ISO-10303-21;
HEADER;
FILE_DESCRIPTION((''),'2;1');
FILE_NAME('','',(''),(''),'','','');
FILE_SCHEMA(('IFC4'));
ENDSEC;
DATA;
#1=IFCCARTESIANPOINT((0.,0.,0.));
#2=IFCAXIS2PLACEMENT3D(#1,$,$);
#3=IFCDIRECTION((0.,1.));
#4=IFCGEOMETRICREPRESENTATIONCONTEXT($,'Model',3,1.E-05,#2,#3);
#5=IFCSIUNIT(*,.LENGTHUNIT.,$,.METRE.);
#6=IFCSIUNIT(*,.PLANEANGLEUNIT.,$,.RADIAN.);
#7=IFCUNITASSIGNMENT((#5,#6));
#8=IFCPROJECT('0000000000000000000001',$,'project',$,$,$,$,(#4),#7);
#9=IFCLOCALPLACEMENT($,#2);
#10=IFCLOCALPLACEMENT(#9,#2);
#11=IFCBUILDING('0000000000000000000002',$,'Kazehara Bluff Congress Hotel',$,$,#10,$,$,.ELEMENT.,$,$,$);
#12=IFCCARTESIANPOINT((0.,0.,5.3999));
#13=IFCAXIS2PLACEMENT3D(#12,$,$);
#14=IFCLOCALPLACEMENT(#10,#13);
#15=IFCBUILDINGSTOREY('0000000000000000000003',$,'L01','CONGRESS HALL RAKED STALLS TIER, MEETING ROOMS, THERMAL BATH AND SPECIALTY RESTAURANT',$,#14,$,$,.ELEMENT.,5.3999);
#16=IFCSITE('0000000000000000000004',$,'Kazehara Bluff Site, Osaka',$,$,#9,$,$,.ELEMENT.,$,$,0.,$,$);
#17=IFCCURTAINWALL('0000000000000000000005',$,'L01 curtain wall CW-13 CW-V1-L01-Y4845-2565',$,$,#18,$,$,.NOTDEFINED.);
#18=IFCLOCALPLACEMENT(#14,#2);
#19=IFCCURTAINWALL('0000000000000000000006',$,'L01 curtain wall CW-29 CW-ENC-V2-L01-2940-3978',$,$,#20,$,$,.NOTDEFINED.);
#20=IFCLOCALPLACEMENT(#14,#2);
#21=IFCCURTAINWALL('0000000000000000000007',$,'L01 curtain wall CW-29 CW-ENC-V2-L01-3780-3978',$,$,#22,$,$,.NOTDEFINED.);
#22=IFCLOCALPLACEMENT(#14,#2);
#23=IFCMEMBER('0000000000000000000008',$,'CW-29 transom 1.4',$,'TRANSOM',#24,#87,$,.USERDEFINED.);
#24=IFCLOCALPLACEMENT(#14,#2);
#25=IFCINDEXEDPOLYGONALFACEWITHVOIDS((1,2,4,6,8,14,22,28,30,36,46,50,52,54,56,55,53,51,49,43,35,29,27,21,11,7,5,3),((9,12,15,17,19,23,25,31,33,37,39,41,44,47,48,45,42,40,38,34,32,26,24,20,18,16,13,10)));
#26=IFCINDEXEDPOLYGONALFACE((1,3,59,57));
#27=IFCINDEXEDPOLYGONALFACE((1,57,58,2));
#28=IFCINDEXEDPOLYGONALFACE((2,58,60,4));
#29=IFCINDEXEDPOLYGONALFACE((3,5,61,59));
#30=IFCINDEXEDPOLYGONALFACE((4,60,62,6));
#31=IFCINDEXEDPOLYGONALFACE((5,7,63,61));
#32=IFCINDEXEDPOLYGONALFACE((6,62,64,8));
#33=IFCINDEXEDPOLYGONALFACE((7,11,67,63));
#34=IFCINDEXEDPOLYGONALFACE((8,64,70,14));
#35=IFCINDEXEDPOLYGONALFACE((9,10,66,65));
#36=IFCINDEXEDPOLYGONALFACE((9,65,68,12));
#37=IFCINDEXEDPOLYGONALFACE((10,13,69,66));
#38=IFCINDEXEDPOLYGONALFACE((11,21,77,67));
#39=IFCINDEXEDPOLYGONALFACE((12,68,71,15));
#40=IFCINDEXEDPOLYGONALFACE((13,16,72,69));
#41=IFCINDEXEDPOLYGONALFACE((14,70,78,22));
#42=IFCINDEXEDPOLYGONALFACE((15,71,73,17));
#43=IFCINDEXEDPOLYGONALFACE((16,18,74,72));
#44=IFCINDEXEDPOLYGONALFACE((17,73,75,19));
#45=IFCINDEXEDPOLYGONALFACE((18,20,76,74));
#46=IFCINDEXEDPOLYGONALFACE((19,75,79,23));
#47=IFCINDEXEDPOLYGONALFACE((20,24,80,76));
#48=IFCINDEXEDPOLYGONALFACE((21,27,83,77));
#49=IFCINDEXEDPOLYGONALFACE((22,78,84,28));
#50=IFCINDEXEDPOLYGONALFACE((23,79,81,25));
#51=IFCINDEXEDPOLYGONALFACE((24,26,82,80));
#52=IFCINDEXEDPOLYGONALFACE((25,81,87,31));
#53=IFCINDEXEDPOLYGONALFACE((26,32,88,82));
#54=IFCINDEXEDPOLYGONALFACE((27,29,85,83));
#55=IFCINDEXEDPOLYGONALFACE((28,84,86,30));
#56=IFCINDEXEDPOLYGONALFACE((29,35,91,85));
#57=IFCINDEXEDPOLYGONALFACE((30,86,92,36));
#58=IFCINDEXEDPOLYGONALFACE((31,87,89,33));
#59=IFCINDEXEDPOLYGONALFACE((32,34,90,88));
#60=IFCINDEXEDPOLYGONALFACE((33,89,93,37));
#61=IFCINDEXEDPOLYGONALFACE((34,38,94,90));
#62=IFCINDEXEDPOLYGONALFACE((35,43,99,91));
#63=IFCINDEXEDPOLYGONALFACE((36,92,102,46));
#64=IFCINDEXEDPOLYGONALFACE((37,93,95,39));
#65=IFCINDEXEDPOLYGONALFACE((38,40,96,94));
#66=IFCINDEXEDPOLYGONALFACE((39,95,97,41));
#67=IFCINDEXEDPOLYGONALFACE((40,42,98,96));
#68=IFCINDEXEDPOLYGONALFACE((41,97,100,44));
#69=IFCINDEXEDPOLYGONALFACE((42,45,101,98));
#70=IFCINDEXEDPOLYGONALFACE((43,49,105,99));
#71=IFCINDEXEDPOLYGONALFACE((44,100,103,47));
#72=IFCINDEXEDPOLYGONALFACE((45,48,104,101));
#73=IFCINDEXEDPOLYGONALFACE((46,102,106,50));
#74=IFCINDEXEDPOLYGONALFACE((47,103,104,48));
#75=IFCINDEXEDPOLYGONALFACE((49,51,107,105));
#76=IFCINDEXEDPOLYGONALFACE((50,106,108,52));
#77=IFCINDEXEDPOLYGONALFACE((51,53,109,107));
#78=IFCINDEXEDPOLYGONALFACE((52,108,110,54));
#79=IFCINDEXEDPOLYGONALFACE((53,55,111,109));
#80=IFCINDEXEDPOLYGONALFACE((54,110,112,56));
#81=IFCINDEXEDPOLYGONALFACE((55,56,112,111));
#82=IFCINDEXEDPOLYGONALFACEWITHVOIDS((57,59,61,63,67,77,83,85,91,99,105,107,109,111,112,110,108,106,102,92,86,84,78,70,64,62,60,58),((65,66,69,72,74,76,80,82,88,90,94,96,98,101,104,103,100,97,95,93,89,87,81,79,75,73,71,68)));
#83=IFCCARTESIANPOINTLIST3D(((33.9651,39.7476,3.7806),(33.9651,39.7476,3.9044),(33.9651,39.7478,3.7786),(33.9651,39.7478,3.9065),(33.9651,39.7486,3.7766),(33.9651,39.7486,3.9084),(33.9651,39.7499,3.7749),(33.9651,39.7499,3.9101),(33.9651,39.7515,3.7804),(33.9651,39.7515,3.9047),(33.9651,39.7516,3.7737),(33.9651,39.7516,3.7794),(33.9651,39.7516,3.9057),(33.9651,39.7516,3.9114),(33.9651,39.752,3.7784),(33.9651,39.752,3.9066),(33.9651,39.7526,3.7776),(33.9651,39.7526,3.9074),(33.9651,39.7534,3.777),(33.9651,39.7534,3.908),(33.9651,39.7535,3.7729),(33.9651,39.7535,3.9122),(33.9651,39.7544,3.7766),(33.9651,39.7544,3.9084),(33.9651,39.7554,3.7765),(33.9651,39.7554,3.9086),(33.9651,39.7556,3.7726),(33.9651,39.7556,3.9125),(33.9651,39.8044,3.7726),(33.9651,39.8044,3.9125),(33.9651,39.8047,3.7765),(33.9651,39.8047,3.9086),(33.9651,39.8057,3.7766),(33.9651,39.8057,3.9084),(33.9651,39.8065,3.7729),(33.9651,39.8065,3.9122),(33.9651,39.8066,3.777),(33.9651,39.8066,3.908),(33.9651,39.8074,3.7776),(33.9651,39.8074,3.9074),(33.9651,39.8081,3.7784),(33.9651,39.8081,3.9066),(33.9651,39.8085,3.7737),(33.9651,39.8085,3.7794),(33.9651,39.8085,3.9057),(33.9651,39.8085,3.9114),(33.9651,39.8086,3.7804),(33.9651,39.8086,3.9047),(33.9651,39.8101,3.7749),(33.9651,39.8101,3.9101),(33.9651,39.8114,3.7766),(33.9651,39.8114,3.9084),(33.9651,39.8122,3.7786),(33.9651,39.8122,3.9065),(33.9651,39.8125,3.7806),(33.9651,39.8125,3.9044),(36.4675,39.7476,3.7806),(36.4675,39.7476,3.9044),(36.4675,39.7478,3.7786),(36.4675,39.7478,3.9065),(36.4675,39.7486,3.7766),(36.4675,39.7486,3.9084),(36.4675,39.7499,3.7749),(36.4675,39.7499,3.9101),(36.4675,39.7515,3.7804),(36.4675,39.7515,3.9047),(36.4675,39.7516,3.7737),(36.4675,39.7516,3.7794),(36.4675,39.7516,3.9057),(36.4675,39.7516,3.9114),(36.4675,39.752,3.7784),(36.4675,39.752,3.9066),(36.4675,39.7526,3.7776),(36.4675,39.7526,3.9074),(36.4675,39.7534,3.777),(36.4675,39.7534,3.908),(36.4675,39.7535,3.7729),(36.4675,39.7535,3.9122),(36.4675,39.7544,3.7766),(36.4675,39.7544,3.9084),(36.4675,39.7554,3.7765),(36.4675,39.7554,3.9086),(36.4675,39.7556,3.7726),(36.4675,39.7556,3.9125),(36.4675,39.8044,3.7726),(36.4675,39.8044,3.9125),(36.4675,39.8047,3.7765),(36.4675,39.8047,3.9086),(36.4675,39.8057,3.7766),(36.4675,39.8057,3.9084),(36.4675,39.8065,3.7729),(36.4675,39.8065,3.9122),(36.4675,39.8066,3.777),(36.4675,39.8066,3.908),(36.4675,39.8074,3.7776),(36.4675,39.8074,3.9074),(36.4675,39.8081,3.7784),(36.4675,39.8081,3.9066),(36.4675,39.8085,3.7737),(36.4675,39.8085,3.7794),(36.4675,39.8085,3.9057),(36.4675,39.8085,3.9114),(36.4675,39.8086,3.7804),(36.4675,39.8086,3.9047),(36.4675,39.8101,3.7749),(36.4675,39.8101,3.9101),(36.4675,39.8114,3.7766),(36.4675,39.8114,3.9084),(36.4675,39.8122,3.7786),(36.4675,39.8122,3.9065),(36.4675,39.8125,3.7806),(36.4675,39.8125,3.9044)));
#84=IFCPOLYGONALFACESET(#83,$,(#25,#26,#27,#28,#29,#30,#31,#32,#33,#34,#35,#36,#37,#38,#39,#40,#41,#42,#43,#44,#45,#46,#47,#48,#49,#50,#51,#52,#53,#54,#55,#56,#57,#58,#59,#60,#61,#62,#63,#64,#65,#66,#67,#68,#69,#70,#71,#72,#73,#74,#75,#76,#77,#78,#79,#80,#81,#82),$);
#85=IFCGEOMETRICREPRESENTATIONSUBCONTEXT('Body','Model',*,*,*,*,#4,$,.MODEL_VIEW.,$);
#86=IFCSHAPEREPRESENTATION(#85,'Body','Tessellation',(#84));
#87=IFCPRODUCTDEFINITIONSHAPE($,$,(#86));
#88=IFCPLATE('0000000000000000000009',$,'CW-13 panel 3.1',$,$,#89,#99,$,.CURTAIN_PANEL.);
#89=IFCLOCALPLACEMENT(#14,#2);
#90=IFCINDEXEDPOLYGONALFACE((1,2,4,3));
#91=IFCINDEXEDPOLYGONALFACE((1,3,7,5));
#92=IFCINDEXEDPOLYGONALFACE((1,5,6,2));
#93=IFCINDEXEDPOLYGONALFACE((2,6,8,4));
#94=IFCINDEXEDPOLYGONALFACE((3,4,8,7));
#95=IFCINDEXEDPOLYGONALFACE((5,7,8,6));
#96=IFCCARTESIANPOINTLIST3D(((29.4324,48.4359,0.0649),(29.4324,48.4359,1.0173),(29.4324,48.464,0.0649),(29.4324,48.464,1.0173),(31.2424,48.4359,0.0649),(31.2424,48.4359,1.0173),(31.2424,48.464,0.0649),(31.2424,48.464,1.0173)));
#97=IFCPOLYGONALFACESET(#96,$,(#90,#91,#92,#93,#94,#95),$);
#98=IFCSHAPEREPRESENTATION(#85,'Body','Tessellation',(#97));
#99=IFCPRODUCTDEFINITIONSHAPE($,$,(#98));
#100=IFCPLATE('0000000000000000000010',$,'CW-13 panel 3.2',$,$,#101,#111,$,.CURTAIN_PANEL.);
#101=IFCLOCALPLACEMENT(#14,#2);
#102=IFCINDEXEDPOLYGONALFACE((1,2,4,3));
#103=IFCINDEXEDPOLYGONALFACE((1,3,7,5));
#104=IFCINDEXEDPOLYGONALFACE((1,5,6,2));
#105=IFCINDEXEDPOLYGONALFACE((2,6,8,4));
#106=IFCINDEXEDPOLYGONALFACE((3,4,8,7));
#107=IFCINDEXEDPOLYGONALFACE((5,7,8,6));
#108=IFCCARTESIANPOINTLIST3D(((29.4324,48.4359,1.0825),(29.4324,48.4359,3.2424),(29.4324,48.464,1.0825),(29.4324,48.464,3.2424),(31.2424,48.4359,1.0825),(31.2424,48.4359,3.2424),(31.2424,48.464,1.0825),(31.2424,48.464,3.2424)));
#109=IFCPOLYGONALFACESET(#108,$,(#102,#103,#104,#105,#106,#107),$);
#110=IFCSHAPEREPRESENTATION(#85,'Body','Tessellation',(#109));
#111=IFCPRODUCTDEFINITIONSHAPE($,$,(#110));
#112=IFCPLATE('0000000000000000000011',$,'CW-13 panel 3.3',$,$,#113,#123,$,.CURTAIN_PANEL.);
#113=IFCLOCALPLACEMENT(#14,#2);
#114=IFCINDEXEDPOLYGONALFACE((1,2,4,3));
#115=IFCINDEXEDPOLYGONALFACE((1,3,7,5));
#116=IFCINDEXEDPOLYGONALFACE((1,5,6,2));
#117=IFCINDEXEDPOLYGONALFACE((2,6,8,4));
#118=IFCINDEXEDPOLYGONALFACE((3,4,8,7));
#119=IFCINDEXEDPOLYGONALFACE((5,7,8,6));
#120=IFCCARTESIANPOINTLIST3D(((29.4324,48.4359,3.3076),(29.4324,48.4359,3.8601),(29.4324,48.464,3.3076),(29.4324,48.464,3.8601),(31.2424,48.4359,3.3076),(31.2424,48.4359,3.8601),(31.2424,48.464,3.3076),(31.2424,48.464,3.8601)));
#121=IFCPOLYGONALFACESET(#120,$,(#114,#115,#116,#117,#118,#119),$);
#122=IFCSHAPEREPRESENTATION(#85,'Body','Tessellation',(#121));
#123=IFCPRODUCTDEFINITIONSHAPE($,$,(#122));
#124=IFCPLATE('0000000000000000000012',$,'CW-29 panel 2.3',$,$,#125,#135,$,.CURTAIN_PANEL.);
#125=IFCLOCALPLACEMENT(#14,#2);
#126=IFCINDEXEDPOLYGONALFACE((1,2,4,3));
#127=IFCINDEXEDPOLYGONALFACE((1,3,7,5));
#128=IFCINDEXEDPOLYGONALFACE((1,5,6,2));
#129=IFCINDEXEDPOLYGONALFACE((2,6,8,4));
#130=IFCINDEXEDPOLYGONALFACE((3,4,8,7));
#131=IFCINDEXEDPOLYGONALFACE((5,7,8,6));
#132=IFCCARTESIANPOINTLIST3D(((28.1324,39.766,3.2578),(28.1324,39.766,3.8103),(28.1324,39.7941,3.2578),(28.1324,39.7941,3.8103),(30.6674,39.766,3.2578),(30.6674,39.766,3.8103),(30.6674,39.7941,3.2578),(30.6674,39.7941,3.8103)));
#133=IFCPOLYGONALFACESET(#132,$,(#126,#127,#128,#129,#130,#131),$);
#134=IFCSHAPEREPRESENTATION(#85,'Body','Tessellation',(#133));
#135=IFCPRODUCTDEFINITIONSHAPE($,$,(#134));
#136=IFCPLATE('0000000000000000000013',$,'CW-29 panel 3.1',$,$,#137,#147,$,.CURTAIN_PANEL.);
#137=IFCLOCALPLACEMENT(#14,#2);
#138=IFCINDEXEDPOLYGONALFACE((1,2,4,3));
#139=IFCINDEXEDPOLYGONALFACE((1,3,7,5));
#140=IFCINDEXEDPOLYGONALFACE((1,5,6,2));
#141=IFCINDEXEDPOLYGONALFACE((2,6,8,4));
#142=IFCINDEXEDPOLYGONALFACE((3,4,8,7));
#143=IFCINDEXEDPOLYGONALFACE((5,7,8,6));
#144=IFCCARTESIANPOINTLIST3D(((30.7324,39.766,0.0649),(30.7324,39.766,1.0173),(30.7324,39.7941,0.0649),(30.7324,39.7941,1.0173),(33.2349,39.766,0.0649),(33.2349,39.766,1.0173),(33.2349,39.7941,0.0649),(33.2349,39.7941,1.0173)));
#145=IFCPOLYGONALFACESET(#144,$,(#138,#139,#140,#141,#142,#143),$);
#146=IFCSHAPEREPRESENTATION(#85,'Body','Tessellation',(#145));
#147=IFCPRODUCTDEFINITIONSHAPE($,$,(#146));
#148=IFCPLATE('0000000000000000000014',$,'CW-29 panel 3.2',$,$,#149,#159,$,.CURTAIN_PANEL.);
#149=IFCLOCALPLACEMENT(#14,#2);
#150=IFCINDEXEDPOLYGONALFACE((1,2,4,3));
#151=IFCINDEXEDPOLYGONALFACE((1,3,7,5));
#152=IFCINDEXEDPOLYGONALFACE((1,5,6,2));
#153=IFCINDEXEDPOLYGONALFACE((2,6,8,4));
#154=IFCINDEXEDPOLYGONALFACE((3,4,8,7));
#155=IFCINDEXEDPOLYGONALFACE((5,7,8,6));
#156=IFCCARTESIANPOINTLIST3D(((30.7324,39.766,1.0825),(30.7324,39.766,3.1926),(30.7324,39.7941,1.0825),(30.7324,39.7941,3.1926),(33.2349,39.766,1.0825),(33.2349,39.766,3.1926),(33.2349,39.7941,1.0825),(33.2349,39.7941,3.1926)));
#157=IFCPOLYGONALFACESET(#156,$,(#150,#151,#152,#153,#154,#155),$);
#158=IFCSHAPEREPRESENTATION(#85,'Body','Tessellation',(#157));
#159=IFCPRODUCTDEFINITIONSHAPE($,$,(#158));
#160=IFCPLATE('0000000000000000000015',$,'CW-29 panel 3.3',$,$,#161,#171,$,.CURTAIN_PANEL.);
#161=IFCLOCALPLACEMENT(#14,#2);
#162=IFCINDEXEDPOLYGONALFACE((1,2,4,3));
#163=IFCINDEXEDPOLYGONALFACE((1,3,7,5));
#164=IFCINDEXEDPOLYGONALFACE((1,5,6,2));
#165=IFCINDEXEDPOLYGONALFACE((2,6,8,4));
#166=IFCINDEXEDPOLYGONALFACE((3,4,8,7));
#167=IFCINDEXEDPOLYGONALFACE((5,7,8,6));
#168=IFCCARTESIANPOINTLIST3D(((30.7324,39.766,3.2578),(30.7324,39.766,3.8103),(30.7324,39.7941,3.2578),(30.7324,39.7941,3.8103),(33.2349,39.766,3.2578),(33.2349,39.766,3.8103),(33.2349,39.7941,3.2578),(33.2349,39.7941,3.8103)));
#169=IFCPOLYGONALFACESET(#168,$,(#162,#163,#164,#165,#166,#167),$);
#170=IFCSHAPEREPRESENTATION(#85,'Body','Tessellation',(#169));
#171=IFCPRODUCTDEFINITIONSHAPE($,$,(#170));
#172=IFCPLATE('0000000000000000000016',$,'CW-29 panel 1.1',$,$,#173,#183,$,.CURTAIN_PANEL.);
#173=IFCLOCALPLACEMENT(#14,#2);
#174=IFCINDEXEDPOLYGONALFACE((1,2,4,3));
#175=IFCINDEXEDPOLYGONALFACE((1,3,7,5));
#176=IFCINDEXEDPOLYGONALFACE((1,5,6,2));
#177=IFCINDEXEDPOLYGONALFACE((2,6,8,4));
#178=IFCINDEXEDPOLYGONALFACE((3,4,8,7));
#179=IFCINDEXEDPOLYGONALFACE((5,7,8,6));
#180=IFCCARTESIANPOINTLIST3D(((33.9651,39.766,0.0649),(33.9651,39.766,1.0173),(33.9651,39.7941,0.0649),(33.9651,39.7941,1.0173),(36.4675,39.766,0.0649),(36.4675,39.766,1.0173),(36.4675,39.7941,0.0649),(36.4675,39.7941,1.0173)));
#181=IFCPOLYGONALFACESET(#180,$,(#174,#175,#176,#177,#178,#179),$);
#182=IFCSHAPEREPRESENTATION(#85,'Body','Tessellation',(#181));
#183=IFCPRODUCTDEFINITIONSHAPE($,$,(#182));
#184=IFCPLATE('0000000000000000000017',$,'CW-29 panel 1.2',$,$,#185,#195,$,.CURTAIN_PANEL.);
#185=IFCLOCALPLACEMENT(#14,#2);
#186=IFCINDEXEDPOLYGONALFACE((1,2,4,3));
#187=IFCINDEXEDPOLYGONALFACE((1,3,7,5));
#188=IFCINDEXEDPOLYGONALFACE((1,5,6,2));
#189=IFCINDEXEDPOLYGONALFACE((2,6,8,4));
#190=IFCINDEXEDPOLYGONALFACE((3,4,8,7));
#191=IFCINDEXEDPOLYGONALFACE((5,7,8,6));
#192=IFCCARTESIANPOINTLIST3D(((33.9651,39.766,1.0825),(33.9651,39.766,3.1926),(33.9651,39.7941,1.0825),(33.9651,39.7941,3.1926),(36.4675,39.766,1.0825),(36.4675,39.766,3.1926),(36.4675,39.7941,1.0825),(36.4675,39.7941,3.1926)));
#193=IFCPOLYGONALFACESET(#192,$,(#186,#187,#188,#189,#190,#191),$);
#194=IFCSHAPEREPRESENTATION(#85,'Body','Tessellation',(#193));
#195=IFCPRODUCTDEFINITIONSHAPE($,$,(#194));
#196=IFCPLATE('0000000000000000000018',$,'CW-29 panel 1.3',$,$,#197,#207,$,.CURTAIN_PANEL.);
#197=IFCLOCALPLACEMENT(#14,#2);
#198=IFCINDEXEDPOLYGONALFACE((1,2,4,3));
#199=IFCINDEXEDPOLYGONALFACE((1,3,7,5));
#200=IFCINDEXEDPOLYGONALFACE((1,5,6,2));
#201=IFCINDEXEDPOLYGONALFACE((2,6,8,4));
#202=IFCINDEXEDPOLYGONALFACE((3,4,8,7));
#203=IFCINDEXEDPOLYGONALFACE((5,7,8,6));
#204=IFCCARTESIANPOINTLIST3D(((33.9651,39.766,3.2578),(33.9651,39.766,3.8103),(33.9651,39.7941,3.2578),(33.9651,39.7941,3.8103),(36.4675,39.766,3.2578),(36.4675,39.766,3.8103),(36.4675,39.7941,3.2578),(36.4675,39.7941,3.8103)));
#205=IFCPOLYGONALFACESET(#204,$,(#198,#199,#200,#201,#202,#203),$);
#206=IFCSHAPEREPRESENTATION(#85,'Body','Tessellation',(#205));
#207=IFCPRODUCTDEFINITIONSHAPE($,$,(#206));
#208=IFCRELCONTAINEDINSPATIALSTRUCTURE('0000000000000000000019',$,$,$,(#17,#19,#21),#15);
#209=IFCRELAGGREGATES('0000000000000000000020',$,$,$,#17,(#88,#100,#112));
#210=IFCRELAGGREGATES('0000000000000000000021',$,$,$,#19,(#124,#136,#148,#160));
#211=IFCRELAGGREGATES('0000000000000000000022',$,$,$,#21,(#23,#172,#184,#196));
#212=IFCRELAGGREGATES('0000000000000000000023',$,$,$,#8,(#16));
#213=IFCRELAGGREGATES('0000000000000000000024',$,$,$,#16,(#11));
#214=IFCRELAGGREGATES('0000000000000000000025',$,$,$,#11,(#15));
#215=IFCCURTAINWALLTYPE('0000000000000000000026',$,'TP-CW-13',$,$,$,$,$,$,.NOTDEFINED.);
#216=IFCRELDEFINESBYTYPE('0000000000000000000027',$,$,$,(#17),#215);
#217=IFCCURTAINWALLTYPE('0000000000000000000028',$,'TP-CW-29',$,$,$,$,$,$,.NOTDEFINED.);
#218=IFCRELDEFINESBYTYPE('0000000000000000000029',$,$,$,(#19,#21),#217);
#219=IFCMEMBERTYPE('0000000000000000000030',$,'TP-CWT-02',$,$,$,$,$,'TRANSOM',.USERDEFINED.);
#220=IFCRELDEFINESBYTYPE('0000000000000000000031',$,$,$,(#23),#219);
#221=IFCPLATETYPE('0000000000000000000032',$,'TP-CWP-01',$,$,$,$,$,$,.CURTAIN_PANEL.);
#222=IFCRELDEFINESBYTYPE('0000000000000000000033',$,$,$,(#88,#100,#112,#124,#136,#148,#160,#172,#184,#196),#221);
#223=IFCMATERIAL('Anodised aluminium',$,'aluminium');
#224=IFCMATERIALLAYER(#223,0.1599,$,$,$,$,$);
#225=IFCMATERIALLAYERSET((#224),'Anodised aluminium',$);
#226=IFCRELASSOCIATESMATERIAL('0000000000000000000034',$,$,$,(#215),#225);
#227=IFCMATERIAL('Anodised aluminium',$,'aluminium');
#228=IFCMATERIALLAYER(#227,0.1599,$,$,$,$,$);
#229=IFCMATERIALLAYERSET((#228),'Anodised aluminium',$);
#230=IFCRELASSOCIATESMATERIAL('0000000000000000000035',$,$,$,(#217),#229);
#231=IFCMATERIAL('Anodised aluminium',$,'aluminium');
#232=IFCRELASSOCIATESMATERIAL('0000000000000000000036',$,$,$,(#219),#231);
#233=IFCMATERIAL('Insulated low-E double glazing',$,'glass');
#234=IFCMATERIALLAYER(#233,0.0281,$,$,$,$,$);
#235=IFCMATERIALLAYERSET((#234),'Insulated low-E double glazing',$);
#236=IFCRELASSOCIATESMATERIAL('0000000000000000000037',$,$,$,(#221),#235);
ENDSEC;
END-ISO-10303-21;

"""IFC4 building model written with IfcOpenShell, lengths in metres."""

from ifc_helpers import new_model, si_unit, direction, frame, origin, origin_2d, place, context, subcontext, project, spatial, rectangle, hollow_rectangle, extrude, material, layer, layer_set, material_profile, profile_set, type_object, element, aggregate, save


model = new_model("IFC4")

# Units and contexts
model_context = context("Model", 3, precision=1e-05, world=origin(), true_north=direction((0.0, 1.0)))
body_context = subcontext(model_context, "Body", "Model", "MODEL_VIEW")
ifc_project = project(units=[si_unit("LENGTHUNIT", "METRE"), si_unit("PLANEANGLEUNIT", "RADIAN")], contexts=[model_context])

# Site, building, storey
site_placement = place(None, origin())
site = spatial("IfcSite", under=ifc_project, at=site_placement, Name="Kazehara Bluff Site, Osaka", CompositionType="ELEMENT", RefElevation=0.0)
building_placement = place(site_placement, origin())
building = spatial("IfcBuilding", under=site, at=building_placement, Name="Kazehara Bluff Congress Hotel", CompositionType="ELEMENT")
storey_placement = place(building_placement, frame((0.0, 0.0, 5.3999)))
storey = spatial("IfcBuildingStorey", under=building, at=storey_placement, Name="L01", Description="CONGRESS HALL RAKED STALLS TIER, MEETING ROOMS, THERMAL BATH AND SPECIALTY RESTAURANT", CompositionType="ELEMENT", Elevation=5.3999)

# Curtain walls
ifc_material_1 = material(Name="Anodised aluminium", Category="aluminium")
ifc_layer_1 = layer(ifc_material_1, 0.1599)
ifc_layer_set_1 = layer_set([ifc_layer_1], Name="Anodised aluminium")
curtain_wall_type_1 = type_object("IfcCurtainWallType", Name="TP-CW-13", PredefinedType="NOTDEFINED", material=ifc_layer_set_1)
curtain_wall_1_placement = place(storey_placement, origin())
curtain_wall_1 = element("IfcCurtainWall", 1, at=curtain_wall_1_placement, inside=storey, type_object=curtain_wall_type_1, Name="L01 curtain wall CW-13 CW-V1-L01-Y4845-2565", PredefinedType="NOTDEFINED")
ifc_material_2 = material(Name="Anodised aluminium", Category="aluminium")
ifc_layer_2 = layer(ifc_material_2, 0.1599)
ifc_layer_set_2 = layer_set([ifc_layer_2], Name="Anodised aluminium")
curtain_wall_type_2 = type_object("IfcCurtainWallType", Name="TP-CW-29", PredefinedType="NOTDEFINED", material=ifc_layer_set_2)
curtain_wall_2_placement = place(storey_placement, origin())
curtain_wall_2 = element("IfcCurtainWall", 2, at=curtain_wall_2_placement, inside=storey, type_object=curtain_wall_type_2, Name="L01 curtain wall CW-29 CW-ENC-V2-L01-2940-3978", PredefinedType="NOTDEFINED")
curtain_wall_3_placement = place(storey_placement, origin())
curtain_wall_3 = element("IfcCurtainWall", 3, at=curtain_wall_3_placement, inside=storey, type_object=curtain_wall_type_2, Name="L01 curtain wall CW-29 CW-ENC-V2-L01-3780-3978", PredefinedType="NOTDEFINED")

# Member
ifc_material_3 = material(Name="Anodised aluminium", Category="aluminium")
ifc_material_profile_1 = material_profile(ifc_material_3, hollow_rectangle(XDim=0.0649, YDim=0.1399, WallThickness=0.0039, InnerFilletRadius=0.0039, OuterFilletRadius=0.0081, at=origin_2d()))
ifc_profile_set_1 = profile_set([ifc_material_profile_1], Name="Anodised aluminium")
member_type_1 = type_object("IfcMemberType", Name="TP-CWT-02", ElementType="TRANSOM", PredefinedType="USERDEFINED", material=ifc_profile_set_1)
member_1_placement = place(storey_placement, frame((33.9651, 39.78, 3.8425), z_axis=(1.0, 0.0, 0.0), x_axis=(0.0, 1.0, 0.0)))
member_1 = element("IfcMember", 4, at=member_1_placement, type_object=member_type_1, Name="CW-29 transom 1.4", ObjectType="TRANSOM", PredefinedType="USERDEFINED", context=body_context, shape_type="SweptSolid", body=[
    extrude(hollow_rectangle(XDim=0.0649, YDim=0.1399, WallThickness=0.0039, InnerFilletRadius=0.0039, OuterFilletRadius=0.0081, at=origin_2d()), origin(), (0.0, 0.0, 1.0), 2.5024),
])

# Plates
ifc_material_4 = material(Name="Insulated low-E double glazing", Category="glass")
ifc_layer_3 = layer(ifc_material_4, 0.0281)
ifc_layer_set_3 = layer_set([ifc_layer_3], Name="Insulated low-E double glazing")
plate_type = type_object("IfcPlateType", Name="TP-CWP-01", PredefinedType="CURTAIN_PANEL", material=ifc_layer_set_3)
plate_1_placement = place(storey_placement, frame((30.3374, 48.45, 0.0649), z_axis=(0.0, 0.0, 1.0), x_axis=(1.0, 0.0, 0.0)))
plate_1 = element("IfcPlate", 5, at=plate_1_placement, type_object=plate_type, Name="CW-13 panel 3.1", PredefinedType="CURTAIN_PANEL", context=body_context, shape_type="SweptSolid", body=[
    extrude(rectangle(XDim=1.8101, YDim=0.0281, at=origin_2d()), origin(), (0.0, 0.0, 1.0), 0.9524),
])
plate_2_placement = place(storey_placement, frame((30.3374, 48.45, 1.0825), z_axis=(0.0, 0.0, 1.0), x_axis=(1.0, 0.0, 0.0)))
plate_2 = element("IfcPlate", 6, at=plate_2_placement, type_object=plate_type, Name="CW-13 panel 3.2", PredefinedType="CURTAIN_PANEL", context=body_context, shape_type="SweptSolid", body=[
    extrude(rectangle(XDim=1.8101, YDim=0.0281, at=origin_2d()), origin(), (0.0, 0.0, 1.0), 2.1599),
])
plate_3_placement = place(storey_placement, frame((30.3374, 48.45, 3.3076), z_axis=(0.0, 0.0, 1.0), x_axis=(1.0, 0.0, 0.0)))
plate_3 = element("IfcPlate", 7, at=plate_3_placement, type_object=plate_type, Name="CW-13 panel 3.3", PredefinedType="CURTAIN_PANEL", context=body_context, shape_type="SweptSolid", body=[
    extrude(rectangle(XDim=1.8101, YDim=0.0281, at=origin_2d()), origin(), (0.0, 0.0, 1.0), 0.5525),
])
aggregate(curtain_wall_1, [plate_1, plate_2, plate_3])
plate_4_placement = place(storey_placement, frame((29.3999, 39.78, 3.2578), z_axis=(0.0, 0.0, 1.0), x_axis=(1.0, 0.0, 0.0)))
plate_4 = element("IfcPlate", 8, at=plate_4_placement, type_object=plate_type, Name="CW-29 panel 2.3", PredefinedType="CURTAIN_PANEL", context=body_context, shape_type="SweptSolid", body=[
    extrude(rectangle(XDim=2.5349, YDim=0.0281, at=origin_2d()), origin(), (0.0, 0.0, 1.0), 0.5525),
])
plate_5_placement = place(storey_placement, frame((31.9836, 39.78, 0.0649), z_axis=(0.0, 0.0, 1.0), x_axis=(1.0, 0.0, 0.0)))
plate_5 = element("IfcPlate", 9, at=plate_5_placement, type_object=plate_type, Name="CW-29 panel 3.1", PredefinedType="CURTAIN_PANEL", context=body_context, shape_type="SweptSolid", body=[
    extrude(rectangle(XDim=2.5024, YDim=0.0281, at=origin_2d()), origin(), (0.0, 0.0, 1.0), 0.9524),
])
plate_6_placement = place(storey_placement, frame((31.9836, 39.78, 1.0825), z_axis=(0.0, 0.0, 1.0), x_axis=(1.0, 0.0, 0.0)))
plate_6 = element("IfcPlate", 10, at=plate_6_placement, type_object=plate_type, Name="CW-29 panel 3.2", PredefinedType="CURTAIN_PANEL", context=body_context, shape_type="SweptSolid", body=[
    extrude(rectangle(XDim=2.5024, YDim=0.0281, at=origin_2d()), origin(), (0.0, 0.0, 1.0), 2.1101),
])
plate_7_placement = place(storey_placement, frame((31.9836, 39.78, 3.2578), z_axis=(0.0, 0.0, 1.0), x_axis=(1.0, 0.0, 0.0)))
plate_7 = element("IfcPlate", 11, at=plate_7_placement, type_object=plate_type, Name="CW-29 panel 3.3", PredefinedType="CURTAIN_PANEL", context=body_context, shape_type="SweptSolid", body=[
    extrude(rectangle(XDim=2.5024, YDim=0.0281, at=origin_2d()), origin(), (0.0, 0.0, 1.0), 0.5525),
])
aggregate(curtain_wall_2, [plate_4, plate_5, plate_6, plate_7])
plate_8_placement = place(storey_placement, frame((35.2163, 39.78, 0.0649), z_axis=(0.0, 0.0, 1.0), x_axis=(1.0, 0.0, 0.0)))
plate_8 = element("IfcPlate", 12, at=plate_8_placement, type_object=plate_type, Name="CW-29 panel 1.1", PredefinedType="CURTAIN_PANEL", context=body_context, shape_type="SweptSolid", body=[
    extrude(rectangle(XDim=2.5024, YDim=0.0281, at=origin_2d()), origin(), (0.0, 0.0, 1.0), 0.9524),
])
plate_9_placement = place(storey_placement, frame((35.2163, 39.78, 1.0825), z_axis=(0.0, 0.0, 1.0), x_axis=(1.0, 0.0, 0.0)))
plate_9 = element("IfcPlate", 13, at=plate_9_placement, type_object=plate_type, Name="CW-29 panel 1.2", PredefinedType="CURTAIN_PANEL", context=body_context, shape_type="SweptSolid", body=[
    extrude(rectangle(XDim=2.5024, YDim=0.0281, at=origin_2d()), origin(), (0.0, 0.0, 1.0), 2.1101),
])
plate_10_placement = place(storey_placement, frame((35.2163, 39.78, 3.2578), z_axis=(0.0, 0.0, 1.0), x_axis=(1.0, 0.0, 0.0)))
plate_10 = element("IfcPlate", 14, at=plate_10_placement, type_object=plate_type, Name="CW-29 panel 1.3", PredefinedType="CURTAIN_PANEL", context=body_context, shape_type="SweptSolid", body=[
    extrude(rectangle(XDim=2.5024, YDim=0.0281, at=origin_2d()), origin(), (0.0, 0.0, 1.0), 0.5525),
])
aggregate(curtain_wall_3, [member_1, plate_8, plate_9, plate_10])

save(model, "model.ifc")
